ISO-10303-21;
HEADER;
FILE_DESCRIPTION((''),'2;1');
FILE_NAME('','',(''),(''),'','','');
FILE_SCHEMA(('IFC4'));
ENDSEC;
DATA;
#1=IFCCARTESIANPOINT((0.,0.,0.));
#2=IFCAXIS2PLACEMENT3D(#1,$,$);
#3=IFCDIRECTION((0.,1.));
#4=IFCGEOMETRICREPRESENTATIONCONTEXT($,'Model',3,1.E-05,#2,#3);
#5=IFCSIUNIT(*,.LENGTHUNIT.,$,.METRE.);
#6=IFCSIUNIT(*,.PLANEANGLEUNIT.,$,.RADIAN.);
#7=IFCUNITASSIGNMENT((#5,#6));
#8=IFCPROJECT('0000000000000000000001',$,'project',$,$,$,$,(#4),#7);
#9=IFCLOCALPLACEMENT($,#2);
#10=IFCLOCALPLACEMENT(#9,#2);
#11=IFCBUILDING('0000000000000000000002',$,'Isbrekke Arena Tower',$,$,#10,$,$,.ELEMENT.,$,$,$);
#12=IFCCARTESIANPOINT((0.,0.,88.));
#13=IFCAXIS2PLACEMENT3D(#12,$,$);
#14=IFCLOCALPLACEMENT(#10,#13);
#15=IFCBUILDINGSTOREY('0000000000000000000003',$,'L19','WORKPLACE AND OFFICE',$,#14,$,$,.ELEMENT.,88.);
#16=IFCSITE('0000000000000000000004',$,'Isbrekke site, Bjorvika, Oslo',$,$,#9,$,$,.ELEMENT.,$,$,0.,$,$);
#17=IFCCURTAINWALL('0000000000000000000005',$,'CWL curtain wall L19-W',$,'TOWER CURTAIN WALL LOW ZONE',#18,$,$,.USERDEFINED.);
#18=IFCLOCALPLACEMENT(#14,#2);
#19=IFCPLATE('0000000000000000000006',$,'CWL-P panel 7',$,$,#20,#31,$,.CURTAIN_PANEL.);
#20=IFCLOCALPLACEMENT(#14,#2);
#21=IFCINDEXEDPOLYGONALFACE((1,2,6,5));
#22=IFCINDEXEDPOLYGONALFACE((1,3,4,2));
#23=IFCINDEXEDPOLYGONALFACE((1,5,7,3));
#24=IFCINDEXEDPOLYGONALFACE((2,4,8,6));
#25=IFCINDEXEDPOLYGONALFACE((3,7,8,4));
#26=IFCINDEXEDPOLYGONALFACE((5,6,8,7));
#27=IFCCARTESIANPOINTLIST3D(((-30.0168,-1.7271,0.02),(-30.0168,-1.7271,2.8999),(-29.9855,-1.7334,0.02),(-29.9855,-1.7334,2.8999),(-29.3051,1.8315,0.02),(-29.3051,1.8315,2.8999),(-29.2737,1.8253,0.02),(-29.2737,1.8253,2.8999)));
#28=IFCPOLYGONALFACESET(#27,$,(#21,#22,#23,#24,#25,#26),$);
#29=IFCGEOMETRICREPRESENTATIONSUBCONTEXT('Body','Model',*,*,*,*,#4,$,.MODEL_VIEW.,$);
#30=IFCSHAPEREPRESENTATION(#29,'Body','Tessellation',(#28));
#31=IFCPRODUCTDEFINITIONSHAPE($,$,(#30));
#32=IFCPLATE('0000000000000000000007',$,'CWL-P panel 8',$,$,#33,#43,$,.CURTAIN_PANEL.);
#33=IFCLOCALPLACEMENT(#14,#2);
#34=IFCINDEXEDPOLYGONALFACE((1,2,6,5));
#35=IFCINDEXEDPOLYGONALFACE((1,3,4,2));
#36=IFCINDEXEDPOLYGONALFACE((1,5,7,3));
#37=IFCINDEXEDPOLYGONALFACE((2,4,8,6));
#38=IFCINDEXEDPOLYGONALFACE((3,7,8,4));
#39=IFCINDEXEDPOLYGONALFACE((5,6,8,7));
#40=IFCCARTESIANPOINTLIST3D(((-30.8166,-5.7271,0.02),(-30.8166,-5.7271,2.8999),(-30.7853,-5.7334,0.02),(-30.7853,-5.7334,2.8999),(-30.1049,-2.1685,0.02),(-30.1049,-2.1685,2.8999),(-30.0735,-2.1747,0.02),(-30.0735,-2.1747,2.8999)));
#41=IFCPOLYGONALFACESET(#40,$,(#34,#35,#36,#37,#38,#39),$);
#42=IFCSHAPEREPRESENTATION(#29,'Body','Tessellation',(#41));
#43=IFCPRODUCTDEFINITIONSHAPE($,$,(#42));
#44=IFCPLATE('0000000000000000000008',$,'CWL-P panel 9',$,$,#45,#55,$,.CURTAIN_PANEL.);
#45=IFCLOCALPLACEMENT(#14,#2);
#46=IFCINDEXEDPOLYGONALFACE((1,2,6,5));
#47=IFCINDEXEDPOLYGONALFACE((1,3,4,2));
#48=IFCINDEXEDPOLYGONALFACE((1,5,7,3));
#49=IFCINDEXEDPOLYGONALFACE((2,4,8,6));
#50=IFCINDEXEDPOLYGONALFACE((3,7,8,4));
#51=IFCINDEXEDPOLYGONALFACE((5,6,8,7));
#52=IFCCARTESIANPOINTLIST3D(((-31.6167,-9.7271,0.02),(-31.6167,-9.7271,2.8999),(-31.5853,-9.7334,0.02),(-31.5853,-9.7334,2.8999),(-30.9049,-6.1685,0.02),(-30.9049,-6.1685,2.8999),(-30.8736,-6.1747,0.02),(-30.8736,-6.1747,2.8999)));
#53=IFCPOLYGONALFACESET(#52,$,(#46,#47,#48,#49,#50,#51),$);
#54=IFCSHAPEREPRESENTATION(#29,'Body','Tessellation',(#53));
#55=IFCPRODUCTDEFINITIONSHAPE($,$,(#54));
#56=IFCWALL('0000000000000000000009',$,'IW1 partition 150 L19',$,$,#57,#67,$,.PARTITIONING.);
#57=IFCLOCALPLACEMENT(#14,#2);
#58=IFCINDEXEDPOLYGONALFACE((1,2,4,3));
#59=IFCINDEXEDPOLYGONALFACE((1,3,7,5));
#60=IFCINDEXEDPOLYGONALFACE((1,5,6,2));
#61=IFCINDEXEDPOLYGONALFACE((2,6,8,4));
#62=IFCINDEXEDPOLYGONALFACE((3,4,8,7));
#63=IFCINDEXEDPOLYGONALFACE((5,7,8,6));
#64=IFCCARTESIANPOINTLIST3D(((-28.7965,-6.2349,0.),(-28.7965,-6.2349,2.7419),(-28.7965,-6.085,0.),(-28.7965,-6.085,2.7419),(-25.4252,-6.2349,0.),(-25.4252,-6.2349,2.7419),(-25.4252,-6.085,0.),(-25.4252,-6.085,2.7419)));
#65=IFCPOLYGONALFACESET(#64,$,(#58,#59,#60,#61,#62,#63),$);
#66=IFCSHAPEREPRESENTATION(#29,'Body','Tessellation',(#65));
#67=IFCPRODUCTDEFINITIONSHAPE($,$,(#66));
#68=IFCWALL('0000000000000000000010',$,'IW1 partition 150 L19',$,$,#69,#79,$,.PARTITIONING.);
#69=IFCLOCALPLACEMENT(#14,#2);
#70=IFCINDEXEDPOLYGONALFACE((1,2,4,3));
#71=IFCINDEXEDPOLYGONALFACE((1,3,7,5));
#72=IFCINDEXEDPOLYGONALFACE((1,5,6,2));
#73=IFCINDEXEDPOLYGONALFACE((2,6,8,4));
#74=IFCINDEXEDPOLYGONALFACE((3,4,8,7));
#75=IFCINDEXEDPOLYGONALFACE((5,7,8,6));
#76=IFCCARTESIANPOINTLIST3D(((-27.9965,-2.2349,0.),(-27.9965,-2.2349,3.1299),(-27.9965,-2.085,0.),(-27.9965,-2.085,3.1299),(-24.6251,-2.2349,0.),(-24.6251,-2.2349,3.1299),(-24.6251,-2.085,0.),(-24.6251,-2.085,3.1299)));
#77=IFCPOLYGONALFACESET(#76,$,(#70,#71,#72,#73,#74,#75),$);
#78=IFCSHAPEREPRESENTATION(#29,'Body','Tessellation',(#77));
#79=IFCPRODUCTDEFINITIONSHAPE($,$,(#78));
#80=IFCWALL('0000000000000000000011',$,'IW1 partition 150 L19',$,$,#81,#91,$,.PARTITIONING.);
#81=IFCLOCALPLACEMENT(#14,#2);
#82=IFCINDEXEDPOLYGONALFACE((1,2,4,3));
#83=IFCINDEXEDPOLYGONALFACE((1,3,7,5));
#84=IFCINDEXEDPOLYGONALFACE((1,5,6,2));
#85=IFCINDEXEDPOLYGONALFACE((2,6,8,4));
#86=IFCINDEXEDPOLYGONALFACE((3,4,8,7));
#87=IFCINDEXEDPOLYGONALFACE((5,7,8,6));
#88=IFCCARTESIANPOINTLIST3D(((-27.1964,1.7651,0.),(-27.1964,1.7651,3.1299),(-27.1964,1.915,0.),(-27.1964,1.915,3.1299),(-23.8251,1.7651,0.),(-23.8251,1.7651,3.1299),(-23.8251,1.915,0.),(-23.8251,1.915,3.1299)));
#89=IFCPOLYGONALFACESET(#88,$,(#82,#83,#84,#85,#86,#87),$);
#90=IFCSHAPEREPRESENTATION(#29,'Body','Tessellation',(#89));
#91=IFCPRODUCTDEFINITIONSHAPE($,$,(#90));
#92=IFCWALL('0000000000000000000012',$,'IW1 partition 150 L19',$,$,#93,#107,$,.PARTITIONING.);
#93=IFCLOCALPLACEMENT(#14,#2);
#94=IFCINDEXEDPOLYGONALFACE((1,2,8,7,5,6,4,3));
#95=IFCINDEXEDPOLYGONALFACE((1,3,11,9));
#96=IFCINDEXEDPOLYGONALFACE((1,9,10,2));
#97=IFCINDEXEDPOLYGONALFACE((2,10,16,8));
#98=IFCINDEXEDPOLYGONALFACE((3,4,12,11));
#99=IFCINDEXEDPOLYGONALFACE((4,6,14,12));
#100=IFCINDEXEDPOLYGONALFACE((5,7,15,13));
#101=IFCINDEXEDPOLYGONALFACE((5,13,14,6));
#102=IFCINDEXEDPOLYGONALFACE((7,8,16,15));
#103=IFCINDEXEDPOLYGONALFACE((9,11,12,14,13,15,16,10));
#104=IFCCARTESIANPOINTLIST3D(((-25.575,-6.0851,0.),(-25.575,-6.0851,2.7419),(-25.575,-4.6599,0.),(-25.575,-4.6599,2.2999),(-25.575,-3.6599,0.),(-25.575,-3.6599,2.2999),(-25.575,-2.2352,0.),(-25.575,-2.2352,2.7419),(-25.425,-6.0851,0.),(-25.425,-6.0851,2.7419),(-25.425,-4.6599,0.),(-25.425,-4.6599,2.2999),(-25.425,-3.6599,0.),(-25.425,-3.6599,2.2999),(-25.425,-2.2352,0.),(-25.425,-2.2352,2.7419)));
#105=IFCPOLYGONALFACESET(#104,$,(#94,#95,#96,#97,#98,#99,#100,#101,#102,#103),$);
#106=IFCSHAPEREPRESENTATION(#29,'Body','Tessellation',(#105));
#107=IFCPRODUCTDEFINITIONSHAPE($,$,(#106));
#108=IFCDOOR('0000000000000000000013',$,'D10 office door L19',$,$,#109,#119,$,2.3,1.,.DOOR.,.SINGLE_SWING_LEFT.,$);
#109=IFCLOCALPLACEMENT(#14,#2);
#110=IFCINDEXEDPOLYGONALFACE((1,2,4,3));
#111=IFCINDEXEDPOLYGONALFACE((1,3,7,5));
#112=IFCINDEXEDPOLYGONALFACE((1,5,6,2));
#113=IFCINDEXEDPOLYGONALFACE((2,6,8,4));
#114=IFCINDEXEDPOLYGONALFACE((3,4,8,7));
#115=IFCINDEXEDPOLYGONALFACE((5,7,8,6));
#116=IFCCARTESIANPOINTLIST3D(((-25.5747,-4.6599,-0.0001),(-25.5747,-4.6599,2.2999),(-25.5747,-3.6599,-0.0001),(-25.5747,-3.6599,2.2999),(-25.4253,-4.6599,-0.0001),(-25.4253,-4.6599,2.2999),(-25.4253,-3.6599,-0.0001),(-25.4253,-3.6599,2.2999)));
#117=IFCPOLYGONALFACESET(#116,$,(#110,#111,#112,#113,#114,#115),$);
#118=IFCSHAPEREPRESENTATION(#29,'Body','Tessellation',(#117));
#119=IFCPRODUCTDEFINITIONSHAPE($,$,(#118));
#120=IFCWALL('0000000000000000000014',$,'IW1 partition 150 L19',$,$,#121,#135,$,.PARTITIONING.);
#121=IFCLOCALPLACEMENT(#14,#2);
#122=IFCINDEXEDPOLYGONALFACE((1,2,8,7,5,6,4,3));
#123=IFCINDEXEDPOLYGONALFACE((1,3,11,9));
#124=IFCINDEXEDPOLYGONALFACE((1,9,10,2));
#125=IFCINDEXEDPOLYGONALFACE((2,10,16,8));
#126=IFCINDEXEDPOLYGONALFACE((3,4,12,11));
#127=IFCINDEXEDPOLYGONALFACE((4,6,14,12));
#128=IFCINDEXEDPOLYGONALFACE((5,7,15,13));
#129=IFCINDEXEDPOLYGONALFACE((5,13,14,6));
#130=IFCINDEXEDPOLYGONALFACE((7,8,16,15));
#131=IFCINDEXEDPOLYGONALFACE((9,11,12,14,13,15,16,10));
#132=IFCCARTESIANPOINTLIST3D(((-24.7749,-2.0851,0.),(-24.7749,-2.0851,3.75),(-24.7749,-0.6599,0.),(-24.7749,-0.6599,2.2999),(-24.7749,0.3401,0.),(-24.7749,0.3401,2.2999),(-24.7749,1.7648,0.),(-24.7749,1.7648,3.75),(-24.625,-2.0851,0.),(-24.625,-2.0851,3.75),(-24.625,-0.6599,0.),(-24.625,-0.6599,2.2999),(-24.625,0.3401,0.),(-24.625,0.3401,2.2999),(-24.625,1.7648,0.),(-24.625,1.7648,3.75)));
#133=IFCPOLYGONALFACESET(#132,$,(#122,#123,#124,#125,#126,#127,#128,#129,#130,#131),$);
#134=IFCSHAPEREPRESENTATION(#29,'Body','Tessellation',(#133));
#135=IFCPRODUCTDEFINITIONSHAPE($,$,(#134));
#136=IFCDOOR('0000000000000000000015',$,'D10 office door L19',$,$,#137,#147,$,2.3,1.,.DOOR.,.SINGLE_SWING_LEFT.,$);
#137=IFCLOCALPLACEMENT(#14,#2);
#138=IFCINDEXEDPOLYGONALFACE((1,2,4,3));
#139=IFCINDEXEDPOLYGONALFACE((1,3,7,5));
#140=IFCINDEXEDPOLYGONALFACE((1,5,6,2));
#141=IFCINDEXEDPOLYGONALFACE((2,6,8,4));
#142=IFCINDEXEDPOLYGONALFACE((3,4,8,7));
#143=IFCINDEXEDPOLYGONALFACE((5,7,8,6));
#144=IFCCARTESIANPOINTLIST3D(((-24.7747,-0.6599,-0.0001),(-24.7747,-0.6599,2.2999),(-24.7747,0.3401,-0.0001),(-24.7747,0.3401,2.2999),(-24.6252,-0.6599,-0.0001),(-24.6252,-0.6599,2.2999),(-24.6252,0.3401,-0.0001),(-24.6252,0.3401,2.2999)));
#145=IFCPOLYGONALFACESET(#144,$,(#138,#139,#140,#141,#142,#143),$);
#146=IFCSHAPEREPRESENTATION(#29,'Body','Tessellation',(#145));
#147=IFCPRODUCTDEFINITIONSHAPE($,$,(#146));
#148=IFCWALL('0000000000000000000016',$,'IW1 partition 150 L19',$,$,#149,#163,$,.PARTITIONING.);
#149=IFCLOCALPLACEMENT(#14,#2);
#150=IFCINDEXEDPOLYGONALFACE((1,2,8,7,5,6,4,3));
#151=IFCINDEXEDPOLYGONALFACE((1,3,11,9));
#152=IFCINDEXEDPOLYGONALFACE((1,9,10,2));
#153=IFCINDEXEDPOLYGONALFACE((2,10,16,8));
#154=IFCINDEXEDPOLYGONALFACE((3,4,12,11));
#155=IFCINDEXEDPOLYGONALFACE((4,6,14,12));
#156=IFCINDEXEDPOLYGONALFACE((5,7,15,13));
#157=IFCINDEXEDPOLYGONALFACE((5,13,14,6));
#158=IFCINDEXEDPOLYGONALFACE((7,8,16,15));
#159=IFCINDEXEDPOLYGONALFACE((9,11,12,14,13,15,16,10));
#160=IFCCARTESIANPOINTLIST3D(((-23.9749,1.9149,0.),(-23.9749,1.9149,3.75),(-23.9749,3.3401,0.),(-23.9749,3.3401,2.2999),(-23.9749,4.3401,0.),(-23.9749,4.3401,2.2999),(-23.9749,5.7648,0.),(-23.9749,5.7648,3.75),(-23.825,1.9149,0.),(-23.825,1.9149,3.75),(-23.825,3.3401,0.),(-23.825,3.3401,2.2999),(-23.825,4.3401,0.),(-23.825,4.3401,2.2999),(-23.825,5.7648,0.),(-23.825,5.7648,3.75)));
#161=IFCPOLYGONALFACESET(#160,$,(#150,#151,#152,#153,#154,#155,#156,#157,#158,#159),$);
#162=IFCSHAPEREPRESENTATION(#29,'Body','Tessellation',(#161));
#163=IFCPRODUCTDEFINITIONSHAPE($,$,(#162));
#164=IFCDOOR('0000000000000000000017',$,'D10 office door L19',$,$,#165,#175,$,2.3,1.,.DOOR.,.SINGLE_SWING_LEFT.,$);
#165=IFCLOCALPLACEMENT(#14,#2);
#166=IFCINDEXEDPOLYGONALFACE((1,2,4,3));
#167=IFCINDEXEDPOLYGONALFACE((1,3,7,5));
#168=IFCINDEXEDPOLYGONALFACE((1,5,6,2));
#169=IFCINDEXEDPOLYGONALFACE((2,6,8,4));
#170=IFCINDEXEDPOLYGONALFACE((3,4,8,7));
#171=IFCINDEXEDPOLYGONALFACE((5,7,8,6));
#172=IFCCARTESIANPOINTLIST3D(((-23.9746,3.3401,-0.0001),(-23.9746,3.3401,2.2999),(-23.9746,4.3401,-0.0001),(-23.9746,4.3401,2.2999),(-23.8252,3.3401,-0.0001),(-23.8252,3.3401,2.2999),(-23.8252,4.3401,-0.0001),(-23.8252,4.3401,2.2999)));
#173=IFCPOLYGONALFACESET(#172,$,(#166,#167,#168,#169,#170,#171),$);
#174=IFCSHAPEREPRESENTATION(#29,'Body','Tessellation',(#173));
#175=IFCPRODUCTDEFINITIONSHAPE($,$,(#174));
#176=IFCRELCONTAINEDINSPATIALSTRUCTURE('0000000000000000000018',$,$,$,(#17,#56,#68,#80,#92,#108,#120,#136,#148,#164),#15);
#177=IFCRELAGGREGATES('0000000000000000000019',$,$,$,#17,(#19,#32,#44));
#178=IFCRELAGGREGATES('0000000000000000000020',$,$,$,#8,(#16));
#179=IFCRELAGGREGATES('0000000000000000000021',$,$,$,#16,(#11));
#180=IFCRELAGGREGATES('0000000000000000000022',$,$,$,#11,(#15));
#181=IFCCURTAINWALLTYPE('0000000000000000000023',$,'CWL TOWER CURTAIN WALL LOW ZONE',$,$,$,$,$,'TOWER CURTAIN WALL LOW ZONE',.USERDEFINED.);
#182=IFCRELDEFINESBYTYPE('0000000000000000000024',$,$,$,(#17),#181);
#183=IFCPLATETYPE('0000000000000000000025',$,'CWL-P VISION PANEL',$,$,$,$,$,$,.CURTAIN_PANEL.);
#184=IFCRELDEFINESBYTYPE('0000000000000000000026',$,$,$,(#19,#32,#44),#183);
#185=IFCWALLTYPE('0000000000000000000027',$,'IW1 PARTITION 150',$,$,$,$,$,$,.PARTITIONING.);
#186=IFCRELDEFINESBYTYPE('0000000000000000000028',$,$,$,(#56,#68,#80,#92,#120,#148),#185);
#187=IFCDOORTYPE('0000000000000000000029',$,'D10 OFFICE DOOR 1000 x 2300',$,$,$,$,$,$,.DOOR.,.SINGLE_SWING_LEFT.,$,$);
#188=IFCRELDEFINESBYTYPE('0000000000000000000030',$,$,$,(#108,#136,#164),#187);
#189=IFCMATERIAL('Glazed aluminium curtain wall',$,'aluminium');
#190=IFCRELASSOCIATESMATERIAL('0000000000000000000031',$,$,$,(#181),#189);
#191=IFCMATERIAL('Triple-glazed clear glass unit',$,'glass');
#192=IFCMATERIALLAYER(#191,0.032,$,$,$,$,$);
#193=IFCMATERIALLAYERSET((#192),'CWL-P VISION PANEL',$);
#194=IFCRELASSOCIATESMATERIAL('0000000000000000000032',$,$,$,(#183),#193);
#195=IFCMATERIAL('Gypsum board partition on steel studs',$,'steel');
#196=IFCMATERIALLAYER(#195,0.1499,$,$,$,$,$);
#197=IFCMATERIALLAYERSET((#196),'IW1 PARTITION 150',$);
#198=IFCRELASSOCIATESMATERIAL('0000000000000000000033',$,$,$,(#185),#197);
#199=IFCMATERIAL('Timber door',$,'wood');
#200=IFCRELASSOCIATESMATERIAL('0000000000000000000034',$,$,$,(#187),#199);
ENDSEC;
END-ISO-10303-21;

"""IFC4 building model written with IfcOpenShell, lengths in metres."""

from ifc_helpers import new_model, si_unit, direction, frame, frame_2d, origin, origin_2d, place, context, subcontext, project, spatial, rectangle, extrude, material, layer, layer_set, type_object, element, fill, aggregate, save


model = new_model("IFC4")

# Units and contexts
model_context = context("Model", 3, precision=1e-05, world=origin(), true_north=direction((0.0, 1.0)))
body_context = subcontext(model_context, "Body", "Model", "MODEL_VIEW")
ifc_project = project(units=[si_unit("LENGTHUNIT", "METRE"), si_unit("PLANEANGLEUNIT", "RADIAN")], contexts=[model_context])

# Site, building, storey
site_placement = place(None, origin())
site = spatial("IfcSite", under=ifc_project, at=site_placement, Name="Isbrekke site, Bjorvika, Oslo", CompositionType="ELEMENT", RefElevation=0.0)
building_placement = place(site_placement, origin())
building = spatial("IfcBuilding", under=site, at=building_placement, Name="Isbrekke Arena Tower", CompositionType="ELEMENT")
storey_placement = place(building_placement, frame((0.0, 0.0, 88.0)))
storey = spatial("IfcBuildingStorey", under=building, at=storey_placement, Name="L19", Description="WORKPLACE AND OFFICE", CompositionType="ELEMENT", Elevation=88.0)

# Curtain wall
ifc_material_1 = material(Name="Glazed aluminium curtain wall", Category="aluminium")
curtain_wall_type = type_object("IfcCurtainWallType", Name="CWL TOWER CURTAIN WALL LOW ZONE", ElementType="TOWER CURTAIN WALL LOW ZONE", PredefinedType="USERDEFINED", material=ifc_material_1)
curtain_wall_placement = place(storey_placement, origin())
curtain_wall = element("IfcCurtainWall", 1, at=curtain_wall_placement, inside=storey, type_object=curtain_wall_type, Name="CWL curtain wall L19-W", ObjectType="TOWER CURTAIN WALL LOW ZONE", PredefinedType="USERDEFINED")

# Plates
ifc_material_2 = material(Name="Triple-glazed clear glass unit", Category="glass")
ifc_layer_1 = layer(ifc_material_2, 0.032)
ifc_layer_set_1 = layer_set([ifc_layer_1], Name="CWL-P VISION PANEL")
plate_type = type_object("IfcPlateType", Name="CWL-P VISION PANEL", PredefinedType="CURTAIN_PANEL", material=ifc_layer_set_1)
plate_1_placement = place(storey_placement, frame((-29.6453, 0.0491, 0.02), z_axis=(0.0, 0.0, 1.0), x_axis=(-0.196116, -0.980581, 0.0)))
plate_1 = element("IfcPlate", 2, at=plate_1_placement, type_object=plate_type, Name="CWL-P panel 7", PredefinedType="CURTAIN_PANEL", context=body_context, shape_type="SweptSolid", body=[
    extrude(rectangle(XDim=3.6292, YDim=0.032, at=origin_2d()), origin(), (0.0, 0.0, 1.0), 2.8799),
])
plate_2_placement = place(storey_placement, frame((-30.4451, -3.9509, 0.02), z_axis=(0.0, 0.0, 1.0), x_axis=(-0.196116, -0.980581, 0.0)))
plate_2 = element("IfcPlate", 3, at=plate_2_placement, type_object=plate_type, Name="CWL-P panel 8", PredefinedType="CURTAIN_PANEL", context=body_context, shape_type="SweptSolid", body=[
    extrude(rectangle(XDim=3.6292, YDim=0.032, at=origin_2d()), origin(), (0.0, 0.0, 1.0), 2.8799),
])
plate_3_placement = place(storey_placement, frame((-31.2451, -7.9509, 0.02), z_axis=(0.0, 0.0, 1.0), x_axis=(-0.196116, -0.980581, 0.0)))
plate_3 = element("IfcPlate", 4, at=plate_3_placement, type_object=plate_type, Name="CWL-P panel 9", PredefinedType="CURTAIN_PANEL", context=body_context, shape_type="SweptSolid", body=[
    extrude(rectangle(XDim=3.6292, YDim=0.032, at=origin_2d()), origin(), (0.0, 0.0, 1.0), 2.8799),
])
aggregate(curtain_wall, [plate_1, plate_2, plate_3])

# Walls
ifc_material_3 = material(Name="Gypsum board partition on steel studs", Category="steel")
ifc_layer_2 = layer(ifc_material_3, 0.1499)
ifc_layer_set_2 = layer_set([ifc_layer_2], Name="IW1 PARTITION 150")
wall_type = type_object("IfcWallType", Name="IW1 PARTITION 150", PredefinedType="PARTITIONING", material=ifc_layer_set_2)
wall_1_placement = place(storey_placement, frame((-28.7964, -6.1599, 0.0), z_axis=(0.0, 0.0, 1.0), x_axis=(1.0, 0.0, 0.0)))
element("IfcWall", 5, at=wall_1_placement, inside=storey, type_object=wall_type, Name="IW1 partition 150 L19", PredefinedType="PARTITIONING", context=body_context, shape_type="SweptSolid", body=[
    extrude(rectangle(XDim=3.3713, YDim=0.1499, at=frame_2d((1.6855, 0.0))), origin(), (0.0, 0.0, 1.0), 2.7419),
])
for number, where, z_axis, x_axis, name in (
    (6, (-27.9963, -2.1599, 0.0), (0.0, 0.0, 1.0), (1.0, 0.0, 0.0), "IW1 partition 150 L19"),
    (7, (-27.1963, 1.8401, 0.0), (0.0, 0.0, 1.0), (1.0, 0.0, 0.0), "IW1 partition 150 L19"),
):
    element("IfcWall", number, at=place(storey_placement, frame(where, z_axis=z_axis, x_axis=x_axis)), inside=storey, type_object=wall_type, Name=name, PredefinedType="PARTITIONING", context=body_context, shape_type="SweptSolid", body=[
        extrude(rectangle(XDim=3.3713, YDim=0.1499, at=frame_2d((1.6855, 0.0))), origin(), (0.0, 0.0, 1.0), 3.1299),
    ])

# Walls, openings, doors
wall_2_placement = place(storey_placement, frame((-25.5, -6.085, 0.0), z_axis=(0.0, 0.0, 1.0), x_axis=(0.0, 1.0, 0.0)))
wall_2 = element("IfcWall", 8, at=wall_2_placement, inside=storey, type_object=wall_type, Name="IW1 partition 150 L19", PredefinedType="PARTITIONING", context=body_context, shape_type="SweptSolid", body=[
    extrude(rectangle(XDim=3.8499, YDim=0.1499, at=frame_2d((1.9248, 0.0))), origin(), (0.0, 0.0, 1.0), 2.7419),
])
opening_1_placement = place(wall_2_placement, frame((1.425, 0.0, 0.0)))
opening_1 = element("IfcOpeningElement", 9, at=opening_1_placement, cuts=wall_2, PredefinedType="OPENING", context=body_context, shape_type="SweptSolid", body=[
    extrude(rectangle(XDim=1.0, YDim=2.3, at=frame_2d((0.5, 1.1499))), frame((0.0, 0.0898, 0.0), z_axis=(0.0, -1.0, 0.0), x_axis=(1.0, 0.0, 0.0)), (0.0, 0.0, 1.0), 0.1797),
])
ifc_material_4 = material(Name="Timber door", Category="wood")
door_type = type_object("IfcDoorType", Name="D10 OFFICE DOOR 1000 x 2300", OperationType="SINGLE_SWING_LEFT", PredefinedType="DOOR", material=ifc_material_4)
door_1_placement = place(opening_1_placement, origin())
door_1 = element("IfcDoor", 10, at=door_1_placement, inside=storey, type_object=door_type, Name="D10 office door L19", OperationType="SINGLE_SWING_LEFT", OverallHeight=2.3, OverallWidth=1.0, PredefinedType="DOOR", context=body_context, shape_type="SweptSolid", body=[
    extrude(rectangle(XDim=1.0, YDim=2.3, at=frame_2d((0.5, 1.1499))), frame((0.0, 0.0747, 0.0), z_axis=(0.0, -1.0, 0.0), x_axis=(1.0, 0.0, 0.0)), (0.0, 0.0, 1.0), 0.1494),
])
fill(opening_1, door_1)
wall_3_placement = place(storey_placement, frame((-24.7, -2.085, 0.0), z_axis=(0.0, 0.0, 1.0), x_axis=(0.0, 1.0, 0.0)))
wall_3 = element("IfcWall", 11, at=wall_3_placement, inside=storey, type_object=wall_type, Name="IW1 partition 150 L19", PredefinedType="PARTITIONING", context=body_context, shape_type="SweptSolid", body=[
    extrude(rectangle(XDim=3.8499, YDim=0.1499, at=frame_2d((1.9248, 0.0))), origin(), (0.0, 0.0, 1.0), 3.75),
])
opening_2_placement = place(wall_3_placement, frame((1.425, 0.0, 0.0)))
opening_2 = element("IfcOpeningElement", 12, at=opening_2_placement, cuts=wall_3, PredefinedType="OPENING", context=body_context, shape_type="SweptSolid", body=[
    extrude(rectangle(XDim=1.0, YDim=2.3, at=frame_2d((0.5, 1.1499))), frame((0.0, 0.0898, 0.0), z_axis=(0.0, -1.0, 0.0), x_axis=(1.0, 0.0, 0.0)), (0.0, 0.0, 1.0), 0.1797),
])
door_2_placement = place(opening_2_placement, origin())
door_2 = element("IfcDoor", 13, at=door_2_placement, inside=storey, type_object=door_type, Name="D10 office door L19", OperationType="SINGLE_SWING_LEFT", OverallHeight=2.3, OverallWidth=1.0, PredefinedType="DOOR", context=body_context, shape_type="SweptSolid", body=[
    extrude(rectangle(XDim=1.0, YDim=2.3, at=frame_2d((0.5, 1.1499))), frame((0.0, 0.0747, 0.0), z_axis=(0.0, -1.0, 0.0), x_axis=(1.0, 0.0, 0.0)), (0.0, 0.0, 1.0), 0.1494),
])
fill(opening_2, door_2)
wall_4_placement = place(storey_placement, frame((-23.8999, 1.915, 0.0), z_axis=(0.0, 0.0, 1.0), x_axis=(0.0, 1.0, 0.0)))
wall_4 = element("IfcWall", 14, at=wall_4_placement, inside=storey, type_object=wall_type, Name="IW1 partition 150 L19", PredefinedType="PARTITIONING", context=body_context, shape_type="SweptSolid", body=[
    extrude(rectangle(XDim=3.8499, YDim=0.1499, at=frame_2d((1.9248, 0.0))), origin(), (0.0, 0.0, 1.0), 3.75),
])
opening_3_placement = place(wall_4_placement, frame((1.425, 0.0, 0.0)))
opening_3 = element("IfcOpeningElement", 15, at=opening_3_placement, cuts=wall_4, PredefinedType="OPENING", context=body_context, shape_type="SweptSolid", body=[
    extrude(rectangle(XDim=1.0, YDim=2.3, at=frame_2d((0.5, 1.1499))), frame((0.0, 0.0898, 0.0), z_axis=(0.0, -1.0, 0.0), x_axis=(1.0, 0.0, 0.0)), (0.0, 0.0, 1.0), 0.1797),
])
door_3_placement = place(opening_3_placement, origin())
door_3 = element("IfcDoor", 16, at=door_3_placement, inside=storey, type_object=door_type, Name="D10 office door L19", OperationType="SINGLE_SWING_LEFT", OverallHeight=2.3, OverallWidth=1.0, PredefinedType="DOOR", context=body_context, shape_type="SweptSolid", body=[
    extrude(rectangle(XDim=1.0, YDim=2.3, at=frame_2d((0.5, 1.1499))), frame((0.0, 0.0747, 0.0), z_axis=(0.0, -1.0, 0.0), x_axis=(1.0, 0.0, 0.0)), (0.0, 0.0, 1.0), 0.1494),
])
fill(opening_3, door_3)

save(model, "model.ifc")
